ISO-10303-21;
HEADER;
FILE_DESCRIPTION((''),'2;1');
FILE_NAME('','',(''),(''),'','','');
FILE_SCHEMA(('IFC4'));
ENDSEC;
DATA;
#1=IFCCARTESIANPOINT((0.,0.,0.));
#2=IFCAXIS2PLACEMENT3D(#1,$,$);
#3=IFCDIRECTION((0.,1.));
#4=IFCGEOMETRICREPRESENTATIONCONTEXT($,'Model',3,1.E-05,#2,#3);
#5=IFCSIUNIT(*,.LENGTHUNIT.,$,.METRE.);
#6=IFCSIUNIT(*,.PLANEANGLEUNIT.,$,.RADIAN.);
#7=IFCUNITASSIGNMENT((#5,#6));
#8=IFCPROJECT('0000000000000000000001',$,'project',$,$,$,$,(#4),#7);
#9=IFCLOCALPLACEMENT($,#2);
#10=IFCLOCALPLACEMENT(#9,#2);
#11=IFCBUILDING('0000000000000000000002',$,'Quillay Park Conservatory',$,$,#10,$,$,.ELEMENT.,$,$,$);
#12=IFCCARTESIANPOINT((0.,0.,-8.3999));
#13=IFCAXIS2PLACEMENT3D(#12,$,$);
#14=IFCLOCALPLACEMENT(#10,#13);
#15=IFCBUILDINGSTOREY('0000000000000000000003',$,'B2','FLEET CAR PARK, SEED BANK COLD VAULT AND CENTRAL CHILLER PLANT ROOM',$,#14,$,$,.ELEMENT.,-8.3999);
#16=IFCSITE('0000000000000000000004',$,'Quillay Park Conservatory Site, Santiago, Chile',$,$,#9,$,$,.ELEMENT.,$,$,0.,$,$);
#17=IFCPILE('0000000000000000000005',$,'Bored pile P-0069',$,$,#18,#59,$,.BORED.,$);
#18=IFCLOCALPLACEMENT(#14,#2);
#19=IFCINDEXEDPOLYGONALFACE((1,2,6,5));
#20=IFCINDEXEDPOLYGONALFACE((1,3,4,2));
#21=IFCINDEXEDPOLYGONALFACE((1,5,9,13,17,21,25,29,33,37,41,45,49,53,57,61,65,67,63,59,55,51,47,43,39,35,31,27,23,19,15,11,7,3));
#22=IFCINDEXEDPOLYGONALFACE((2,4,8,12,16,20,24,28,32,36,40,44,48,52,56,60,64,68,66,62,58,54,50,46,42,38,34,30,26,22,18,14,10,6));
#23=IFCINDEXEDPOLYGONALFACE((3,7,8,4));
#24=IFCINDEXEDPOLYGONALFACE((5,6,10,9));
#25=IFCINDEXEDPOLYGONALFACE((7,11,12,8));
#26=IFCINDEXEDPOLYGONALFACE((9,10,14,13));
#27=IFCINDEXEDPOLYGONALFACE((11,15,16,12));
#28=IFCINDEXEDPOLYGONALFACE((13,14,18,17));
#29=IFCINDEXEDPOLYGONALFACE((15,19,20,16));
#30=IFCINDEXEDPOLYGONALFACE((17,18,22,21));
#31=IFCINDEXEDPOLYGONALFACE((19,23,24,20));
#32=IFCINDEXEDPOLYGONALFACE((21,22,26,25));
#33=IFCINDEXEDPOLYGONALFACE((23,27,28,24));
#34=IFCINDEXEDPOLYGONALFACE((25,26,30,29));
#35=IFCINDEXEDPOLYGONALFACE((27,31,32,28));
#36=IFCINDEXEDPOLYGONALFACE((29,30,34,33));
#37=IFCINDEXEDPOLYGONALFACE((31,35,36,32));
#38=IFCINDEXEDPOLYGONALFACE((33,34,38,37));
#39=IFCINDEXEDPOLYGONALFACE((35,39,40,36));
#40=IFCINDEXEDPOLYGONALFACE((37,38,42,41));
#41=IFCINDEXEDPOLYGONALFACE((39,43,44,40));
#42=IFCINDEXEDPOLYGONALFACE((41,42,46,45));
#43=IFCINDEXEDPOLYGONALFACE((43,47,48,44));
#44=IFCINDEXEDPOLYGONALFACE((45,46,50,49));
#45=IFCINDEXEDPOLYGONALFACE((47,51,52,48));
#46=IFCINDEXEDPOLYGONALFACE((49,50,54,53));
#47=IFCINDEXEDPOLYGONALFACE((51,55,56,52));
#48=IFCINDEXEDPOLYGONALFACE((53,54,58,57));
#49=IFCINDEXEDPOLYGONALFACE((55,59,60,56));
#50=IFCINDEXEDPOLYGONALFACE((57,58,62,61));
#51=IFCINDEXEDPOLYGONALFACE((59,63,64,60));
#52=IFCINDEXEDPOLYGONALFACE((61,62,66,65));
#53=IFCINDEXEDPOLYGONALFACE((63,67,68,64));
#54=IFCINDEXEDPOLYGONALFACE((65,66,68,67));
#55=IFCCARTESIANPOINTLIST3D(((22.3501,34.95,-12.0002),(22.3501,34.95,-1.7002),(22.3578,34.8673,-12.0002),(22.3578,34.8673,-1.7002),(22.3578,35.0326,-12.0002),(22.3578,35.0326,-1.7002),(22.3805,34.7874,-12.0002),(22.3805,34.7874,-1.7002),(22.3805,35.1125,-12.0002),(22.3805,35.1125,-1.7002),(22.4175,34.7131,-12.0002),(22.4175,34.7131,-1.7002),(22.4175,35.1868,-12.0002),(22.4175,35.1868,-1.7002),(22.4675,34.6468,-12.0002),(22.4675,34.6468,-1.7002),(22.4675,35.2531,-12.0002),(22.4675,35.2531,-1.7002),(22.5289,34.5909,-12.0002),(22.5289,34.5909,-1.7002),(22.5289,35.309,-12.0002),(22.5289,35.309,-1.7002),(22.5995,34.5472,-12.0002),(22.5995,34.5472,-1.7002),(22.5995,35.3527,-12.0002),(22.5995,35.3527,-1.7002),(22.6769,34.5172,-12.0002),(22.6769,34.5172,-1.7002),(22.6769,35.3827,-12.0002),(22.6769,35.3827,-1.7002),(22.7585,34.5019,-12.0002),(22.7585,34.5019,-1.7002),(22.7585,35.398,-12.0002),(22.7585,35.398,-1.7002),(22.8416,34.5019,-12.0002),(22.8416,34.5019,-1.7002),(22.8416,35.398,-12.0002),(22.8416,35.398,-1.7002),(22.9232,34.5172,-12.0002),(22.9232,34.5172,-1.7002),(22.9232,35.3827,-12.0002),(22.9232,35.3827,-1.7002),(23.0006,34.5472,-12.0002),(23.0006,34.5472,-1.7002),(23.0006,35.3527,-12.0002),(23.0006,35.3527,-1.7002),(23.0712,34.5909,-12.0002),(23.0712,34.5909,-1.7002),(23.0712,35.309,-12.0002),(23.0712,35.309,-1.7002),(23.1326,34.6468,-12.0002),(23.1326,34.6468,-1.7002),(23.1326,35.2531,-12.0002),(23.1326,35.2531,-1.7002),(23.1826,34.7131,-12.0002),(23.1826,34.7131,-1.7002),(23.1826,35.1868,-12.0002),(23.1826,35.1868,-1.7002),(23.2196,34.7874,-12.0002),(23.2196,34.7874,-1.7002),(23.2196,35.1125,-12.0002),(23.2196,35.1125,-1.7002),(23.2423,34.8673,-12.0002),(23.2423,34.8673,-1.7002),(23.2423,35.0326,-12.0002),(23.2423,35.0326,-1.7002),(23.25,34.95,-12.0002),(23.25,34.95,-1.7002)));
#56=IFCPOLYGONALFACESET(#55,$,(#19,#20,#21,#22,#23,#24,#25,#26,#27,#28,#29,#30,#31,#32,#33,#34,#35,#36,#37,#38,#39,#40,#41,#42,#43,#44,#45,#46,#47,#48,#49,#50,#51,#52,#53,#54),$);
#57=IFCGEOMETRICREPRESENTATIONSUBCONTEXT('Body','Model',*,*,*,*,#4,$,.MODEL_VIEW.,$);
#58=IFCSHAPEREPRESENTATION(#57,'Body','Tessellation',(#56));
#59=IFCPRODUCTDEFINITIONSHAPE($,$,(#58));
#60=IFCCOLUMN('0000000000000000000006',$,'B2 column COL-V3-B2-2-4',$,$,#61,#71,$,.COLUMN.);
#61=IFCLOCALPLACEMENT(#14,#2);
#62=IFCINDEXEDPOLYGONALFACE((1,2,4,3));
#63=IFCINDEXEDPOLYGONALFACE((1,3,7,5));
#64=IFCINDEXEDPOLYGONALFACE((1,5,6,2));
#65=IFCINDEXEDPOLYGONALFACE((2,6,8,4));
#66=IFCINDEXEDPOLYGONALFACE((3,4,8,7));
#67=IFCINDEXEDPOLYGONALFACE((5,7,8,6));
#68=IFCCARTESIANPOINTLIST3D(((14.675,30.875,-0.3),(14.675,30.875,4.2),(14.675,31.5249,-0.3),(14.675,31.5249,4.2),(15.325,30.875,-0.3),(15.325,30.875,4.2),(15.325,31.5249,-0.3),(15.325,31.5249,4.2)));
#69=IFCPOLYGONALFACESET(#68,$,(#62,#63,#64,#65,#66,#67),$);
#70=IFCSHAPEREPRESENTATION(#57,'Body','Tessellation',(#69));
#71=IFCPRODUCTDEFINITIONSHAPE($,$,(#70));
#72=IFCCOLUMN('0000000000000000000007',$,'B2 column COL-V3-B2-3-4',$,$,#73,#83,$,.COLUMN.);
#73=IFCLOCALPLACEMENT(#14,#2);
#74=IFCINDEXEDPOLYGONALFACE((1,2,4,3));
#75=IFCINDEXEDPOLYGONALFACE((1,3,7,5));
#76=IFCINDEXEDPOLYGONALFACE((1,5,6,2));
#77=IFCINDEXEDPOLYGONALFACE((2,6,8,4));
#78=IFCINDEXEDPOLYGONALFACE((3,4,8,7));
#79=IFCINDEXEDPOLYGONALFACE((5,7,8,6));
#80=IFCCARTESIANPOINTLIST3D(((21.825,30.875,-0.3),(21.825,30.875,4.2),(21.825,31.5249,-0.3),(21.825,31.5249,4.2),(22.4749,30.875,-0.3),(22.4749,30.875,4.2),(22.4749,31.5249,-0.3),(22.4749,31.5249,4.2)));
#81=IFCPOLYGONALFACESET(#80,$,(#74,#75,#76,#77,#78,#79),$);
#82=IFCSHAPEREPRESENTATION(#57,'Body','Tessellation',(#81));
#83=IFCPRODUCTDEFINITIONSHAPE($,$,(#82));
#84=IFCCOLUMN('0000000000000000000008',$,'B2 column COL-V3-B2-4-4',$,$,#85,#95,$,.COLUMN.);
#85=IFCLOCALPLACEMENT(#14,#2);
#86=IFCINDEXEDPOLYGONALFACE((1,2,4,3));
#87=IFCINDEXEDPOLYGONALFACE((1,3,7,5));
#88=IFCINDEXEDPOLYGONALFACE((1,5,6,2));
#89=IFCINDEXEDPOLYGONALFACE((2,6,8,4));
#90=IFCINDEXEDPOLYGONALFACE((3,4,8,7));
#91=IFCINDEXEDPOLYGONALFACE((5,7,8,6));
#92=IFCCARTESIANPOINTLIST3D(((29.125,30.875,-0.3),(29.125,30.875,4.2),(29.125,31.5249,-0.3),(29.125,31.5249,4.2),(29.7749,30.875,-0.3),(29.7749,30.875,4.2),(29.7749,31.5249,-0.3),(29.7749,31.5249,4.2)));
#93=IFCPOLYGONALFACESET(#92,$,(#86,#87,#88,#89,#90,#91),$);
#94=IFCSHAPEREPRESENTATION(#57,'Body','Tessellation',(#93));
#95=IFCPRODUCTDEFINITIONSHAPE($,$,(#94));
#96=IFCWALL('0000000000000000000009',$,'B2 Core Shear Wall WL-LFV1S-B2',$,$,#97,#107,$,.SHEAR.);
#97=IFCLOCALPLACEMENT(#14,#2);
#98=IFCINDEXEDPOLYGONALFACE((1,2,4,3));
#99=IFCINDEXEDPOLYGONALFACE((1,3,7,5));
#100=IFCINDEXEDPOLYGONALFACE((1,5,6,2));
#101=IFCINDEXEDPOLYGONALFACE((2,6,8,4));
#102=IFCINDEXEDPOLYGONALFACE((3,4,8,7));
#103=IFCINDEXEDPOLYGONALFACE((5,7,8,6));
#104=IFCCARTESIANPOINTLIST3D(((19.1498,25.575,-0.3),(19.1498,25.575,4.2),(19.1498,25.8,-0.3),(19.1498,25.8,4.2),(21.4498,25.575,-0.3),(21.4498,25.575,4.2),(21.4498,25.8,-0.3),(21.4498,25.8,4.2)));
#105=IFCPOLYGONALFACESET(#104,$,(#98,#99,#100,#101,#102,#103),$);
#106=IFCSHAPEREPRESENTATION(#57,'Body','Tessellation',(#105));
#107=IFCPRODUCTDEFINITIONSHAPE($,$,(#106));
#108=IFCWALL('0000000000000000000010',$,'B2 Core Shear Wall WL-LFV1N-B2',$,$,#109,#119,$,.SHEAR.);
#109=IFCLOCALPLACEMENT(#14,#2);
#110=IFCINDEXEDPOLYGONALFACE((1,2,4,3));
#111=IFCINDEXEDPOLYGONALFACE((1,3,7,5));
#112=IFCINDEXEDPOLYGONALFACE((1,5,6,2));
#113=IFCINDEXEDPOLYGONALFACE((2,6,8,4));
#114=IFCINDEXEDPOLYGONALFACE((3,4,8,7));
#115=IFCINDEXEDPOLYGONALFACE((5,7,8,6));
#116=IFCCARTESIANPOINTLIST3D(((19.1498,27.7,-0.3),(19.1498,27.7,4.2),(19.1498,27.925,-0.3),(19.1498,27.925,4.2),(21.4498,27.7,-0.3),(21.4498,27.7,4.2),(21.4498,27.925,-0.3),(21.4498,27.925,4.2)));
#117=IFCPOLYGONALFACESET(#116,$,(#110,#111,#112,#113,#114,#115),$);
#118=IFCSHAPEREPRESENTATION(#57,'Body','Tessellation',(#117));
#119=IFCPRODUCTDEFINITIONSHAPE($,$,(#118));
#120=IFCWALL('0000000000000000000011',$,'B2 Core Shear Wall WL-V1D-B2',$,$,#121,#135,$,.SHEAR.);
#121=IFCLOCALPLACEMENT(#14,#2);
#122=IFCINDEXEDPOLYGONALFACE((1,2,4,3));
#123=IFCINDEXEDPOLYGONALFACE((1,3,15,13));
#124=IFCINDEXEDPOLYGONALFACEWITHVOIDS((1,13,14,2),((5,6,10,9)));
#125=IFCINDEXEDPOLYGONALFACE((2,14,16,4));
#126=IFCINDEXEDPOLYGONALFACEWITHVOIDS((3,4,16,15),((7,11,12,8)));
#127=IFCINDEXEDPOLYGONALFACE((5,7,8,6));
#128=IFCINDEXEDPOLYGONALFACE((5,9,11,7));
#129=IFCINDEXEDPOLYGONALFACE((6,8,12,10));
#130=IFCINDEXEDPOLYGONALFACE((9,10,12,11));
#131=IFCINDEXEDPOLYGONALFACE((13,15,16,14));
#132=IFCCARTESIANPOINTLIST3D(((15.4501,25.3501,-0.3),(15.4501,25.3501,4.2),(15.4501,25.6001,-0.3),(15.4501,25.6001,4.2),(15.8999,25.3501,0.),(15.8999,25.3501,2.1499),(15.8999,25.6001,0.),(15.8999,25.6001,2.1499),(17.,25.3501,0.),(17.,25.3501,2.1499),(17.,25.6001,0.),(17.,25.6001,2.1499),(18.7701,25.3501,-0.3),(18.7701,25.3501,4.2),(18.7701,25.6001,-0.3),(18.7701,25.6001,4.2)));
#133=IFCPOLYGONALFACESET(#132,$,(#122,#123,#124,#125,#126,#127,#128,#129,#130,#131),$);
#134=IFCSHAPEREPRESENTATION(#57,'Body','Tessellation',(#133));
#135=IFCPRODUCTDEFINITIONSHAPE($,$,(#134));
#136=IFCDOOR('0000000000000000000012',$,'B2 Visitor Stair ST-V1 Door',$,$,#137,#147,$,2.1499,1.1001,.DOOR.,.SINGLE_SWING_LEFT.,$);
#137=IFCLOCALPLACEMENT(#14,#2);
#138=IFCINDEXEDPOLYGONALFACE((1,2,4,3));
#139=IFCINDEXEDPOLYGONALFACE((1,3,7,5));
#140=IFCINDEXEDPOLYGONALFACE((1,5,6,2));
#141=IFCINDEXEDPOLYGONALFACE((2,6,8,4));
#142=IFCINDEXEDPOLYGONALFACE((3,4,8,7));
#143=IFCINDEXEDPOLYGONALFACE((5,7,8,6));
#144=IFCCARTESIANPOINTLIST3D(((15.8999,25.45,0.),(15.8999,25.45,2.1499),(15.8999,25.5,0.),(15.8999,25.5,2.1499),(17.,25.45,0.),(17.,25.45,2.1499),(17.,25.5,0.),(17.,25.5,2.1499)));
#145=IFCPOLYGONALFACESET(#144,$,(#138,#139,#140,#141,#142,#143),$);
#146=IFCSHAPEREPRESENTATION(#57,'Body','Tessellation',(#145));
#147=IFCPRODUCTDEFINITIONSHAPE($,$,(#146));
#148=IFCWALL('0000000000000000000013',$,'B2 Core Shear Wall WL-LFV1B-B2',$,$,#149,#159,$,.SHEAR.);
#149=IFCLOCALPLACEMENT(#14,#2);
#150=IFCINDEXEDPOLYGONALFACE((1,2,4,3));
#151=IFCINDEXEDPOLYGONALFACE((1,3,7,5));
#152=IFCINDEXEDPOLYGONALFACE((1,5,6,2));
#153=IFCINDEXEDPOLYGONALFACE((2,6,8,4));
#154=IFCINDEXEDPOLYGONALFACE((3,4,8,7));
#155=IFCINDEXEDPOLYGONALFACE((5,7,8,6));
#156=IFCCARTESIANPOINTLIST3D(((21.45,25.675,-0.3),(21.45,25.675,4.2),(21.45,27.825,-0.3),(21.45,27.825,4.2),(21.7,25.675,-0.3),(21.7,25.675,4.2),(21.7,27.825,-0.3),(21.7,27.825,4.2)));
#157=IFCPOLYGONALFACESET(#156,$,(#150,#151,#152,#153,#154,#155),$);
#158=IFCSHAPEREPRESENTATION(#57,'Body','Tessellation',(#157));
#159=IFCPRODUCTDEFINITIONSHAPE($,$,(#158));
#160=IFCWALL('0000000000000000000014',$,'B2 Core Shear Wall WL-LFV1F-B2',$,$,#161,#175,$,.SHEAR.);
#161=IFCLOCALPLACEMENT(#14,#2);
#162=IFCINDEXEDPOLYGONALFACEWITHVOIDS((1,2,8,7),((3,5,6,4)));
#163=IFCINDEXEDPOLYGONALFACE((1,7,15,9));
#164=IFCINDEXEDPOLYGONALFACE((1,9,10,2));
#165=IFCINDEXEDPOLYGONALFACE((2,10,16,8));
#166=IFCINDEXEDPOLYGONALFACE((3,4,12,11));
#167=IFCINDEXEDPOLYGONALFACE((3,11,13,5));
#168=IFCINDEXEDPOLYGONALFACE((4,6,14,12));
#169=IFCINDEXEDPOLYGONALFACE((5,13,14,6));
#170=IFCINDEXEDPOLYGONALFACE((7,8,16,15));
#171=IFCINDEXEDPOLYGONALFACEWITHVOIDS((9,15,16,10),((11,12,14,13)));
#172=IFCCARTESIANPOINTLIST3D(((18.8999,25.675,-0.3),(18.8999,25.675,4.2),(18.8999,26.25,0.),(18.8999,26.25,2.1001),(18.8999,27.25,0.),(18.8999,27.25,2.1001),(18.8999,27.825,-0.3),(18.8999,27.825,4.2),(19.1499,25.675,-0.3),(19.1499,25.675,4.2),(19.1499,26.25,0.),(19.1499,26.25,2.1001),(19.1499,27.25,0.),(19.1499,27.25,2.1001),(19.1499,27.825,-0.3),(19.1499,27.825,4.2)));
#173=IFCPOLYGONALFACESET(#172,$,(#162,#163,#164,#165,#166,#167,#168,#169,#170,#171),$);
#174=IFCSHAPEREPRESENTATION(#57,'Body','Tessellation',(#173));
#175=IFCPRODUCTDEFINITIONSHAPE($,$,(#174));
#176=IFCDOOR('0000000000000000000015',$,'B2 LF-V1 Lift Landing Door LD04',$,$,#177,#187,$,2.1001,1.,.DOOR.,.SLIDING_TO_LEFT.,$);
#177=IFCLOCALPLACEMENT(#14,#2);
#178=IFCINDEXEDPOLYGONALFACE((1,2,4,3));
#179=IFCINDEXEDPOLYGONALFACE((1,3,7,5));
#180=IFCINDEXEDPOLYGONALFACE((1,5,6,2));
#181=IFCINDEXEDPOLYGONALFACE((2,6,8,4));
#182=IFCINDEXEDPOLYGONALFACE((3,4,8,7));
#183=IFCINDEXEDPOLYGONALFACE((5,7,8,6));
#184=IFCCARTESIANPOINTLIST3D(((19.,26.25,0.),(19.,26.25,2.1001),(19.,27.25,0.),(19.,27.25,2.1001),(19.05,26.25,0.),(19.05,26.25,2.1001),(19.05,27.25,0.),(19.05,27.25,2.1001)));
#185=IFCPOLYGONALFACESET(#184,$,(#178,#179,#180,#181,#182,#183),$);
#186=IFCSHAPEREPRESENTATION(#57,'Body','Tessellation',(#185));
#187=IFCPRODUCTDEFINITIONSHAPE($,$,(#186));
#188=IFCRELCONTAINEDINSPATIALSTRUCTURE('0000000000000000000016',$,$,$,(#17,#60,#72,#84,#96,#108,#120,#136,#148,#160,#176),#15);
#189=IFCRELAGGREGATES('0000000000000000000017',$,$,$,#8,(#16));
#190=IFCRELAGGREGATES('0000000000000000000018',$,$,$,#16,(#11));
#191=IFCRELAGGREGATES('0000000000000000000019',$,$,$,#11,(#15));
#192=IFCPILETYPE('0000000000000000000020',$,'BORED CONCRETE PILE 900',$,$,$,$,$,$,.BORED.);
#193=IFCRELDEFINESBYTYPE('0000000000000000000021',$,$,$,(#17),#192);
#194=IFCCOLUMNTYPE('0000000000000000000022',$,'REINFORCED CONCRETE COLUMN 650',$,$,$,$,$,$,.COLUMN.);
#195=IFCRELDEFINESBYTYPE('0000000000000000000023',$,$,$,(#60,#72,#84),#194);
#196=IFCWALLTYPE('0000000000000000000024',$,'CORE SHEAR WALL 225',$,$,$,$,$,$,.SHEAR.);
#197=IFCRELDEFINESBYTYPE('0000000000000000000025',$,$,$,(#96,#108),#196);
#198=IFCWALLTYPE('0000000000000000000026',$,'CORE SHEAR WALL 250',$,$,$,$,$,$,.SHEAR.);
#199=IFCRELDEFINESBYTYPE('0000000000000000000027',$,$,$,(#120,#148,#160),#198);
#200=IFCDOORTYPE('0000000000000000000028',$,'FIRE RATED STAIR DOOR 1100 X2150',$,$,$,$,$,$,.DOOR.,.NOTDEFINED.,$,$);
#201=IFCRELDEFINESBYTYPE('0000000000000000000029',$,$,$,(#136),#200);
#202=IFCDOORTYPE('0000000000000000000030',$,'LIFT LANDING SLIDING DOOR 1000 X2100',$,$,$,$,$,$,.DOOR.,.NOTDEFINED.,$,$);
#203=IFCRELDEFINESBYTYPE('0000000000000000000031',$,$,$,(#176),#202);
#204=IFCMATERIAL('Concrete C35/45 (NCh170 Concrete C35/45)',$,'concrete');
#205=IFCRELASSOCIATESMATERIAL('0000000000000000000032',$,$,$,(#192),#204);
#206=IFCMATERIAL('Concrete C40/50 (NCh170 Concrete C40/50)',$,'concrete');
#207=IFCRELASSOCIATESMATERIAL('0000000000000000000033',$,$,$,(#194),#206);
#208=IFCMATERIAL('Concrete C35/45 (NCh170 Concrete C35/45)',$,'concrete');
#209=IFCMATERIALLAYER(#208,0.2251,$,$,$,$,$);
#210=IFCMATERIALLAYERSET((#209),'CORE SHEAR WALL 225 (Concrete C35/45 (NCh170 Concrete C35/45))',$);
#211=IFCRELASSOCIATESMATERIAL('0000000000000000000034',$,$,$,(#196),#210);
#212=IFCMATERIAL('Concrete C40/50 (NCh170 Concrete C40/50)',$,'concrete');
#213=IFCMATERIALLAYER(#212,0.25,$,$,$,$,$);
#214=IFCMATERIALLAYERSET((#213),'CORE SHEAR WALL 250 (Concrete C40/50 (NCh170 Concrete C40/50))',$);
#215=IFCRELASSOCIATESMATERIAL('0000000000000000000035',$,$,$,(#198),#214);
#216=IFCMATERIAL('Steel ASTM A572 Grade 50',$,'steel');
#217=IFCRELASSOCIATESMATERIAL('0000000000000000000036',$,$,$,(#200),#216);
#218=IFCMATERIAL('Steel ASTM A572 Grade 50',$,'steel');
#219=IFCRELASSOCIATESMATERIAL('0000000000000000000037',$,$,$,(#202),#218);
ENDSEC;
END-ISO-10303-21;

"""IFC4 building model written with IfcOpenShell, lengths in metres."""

from ifc_helpers import new_model, si_unit, direction, frame, frame_2d, origin, origin_2d, place, context, subcontext, project, spatial, rectangle, circle, extrude, material, layer, layer_set, material_profile, profile_set, type_object, element, fill, save


model = new_model("IFC4")

# Units and contexts
model_context = context("Model", 3, precision=1e-05, world=origin(), true_north=direction((0.0, 1.0)))
body_context = subcontext(model_context, "Body", "Model", "MODEL_VIEW")
ifc_project = project(units=[si_unit("LENGTHUNIT", "METRE"), si_unit("PLANEANGLEUNIT", "RADIAN")], contexts=[model_context])

# Site, building, storey
site_placement = place(None, origin())
site = spatial("IfcSite", under=ifc_project, at=site_placement, Name="Quillay Park Conservatory Site, Santiago, Chile", CompositionType="ELEMENT", RefElevation=0.0)
building_placement = place(site_placement, origin())
building = spatial("IfcBuilding", under=site, at=building_placement, Name="Quillay Park Conservatory", CompositionType="ELEMENT")
storey_placement = place(building_placement, frame((0.0, 0.0, -8.3999)))
storey = spatial("IfcBuildingStorey", under=building, at=storey_placement, Name="B2", Description="FLEET CAR PARK, SEED BANK COLD VAULT AND CENTRAL CHILLER PLANT ROOM", CompositionType="ELEMENT", Elevation=-8.3999)

# Pile
ifc_material_1 = material(Name="Concrete C35/45 (NCh170 Concrete C35/45)", Category="concrete")
ifc_material_profile_1 = material_profile(ifc_material_1, circle(Radius=0.45, at=origin_2d()), Name="PILE900")
ifc_profile_set_1 = profile_set([ifc_material_profile_1], Name="Concrete C35/45 (NCh170 Concrete C35/45)")
pile_type = type_object("IfcPileType", Name="BORED CONCRETE PILE 900", PredefinedType="BORED", material=ifc_profile_set_1)
for number, where, z_axis, x_axis, name in (
    (1, (22.8, 34.95, -1.7002), (0.0, 0.0, -1.0), (1.0, 0.0, 0.0), "Bored pile P-0069"),
):
    element("IfcPile", number, at=place(storey_placement, frame(where, z_axis=z_axis, x_axis=x_axis)), inside=storey, type_object=pile_type, Name=name, PredefinedType="BORED", context=body_context, shape_type="SweptSolid", body=[
        extrude(circle(Radius=0.45, at=origin_2d()), origin(), (0.0, 0.0, 1.0), 10.3),
    ])

# Columns
ifc_material_2 = material(Name="Concrete C40/50 (NCh170 Concrete C40/50)", Category="concrete")
ifc_material_profile_2 = material_profile(ifc_material_2, rectangle(XDim=0.6499, YDim=0.6499, at=origin_2d()), Name="RC650x650")
ifc_profile_set_2 = profile_set([ifc_material_profile_2], Name="Concrete C40/50 (NCh170 Concrete C40/50)")
column_type = type_object("IfcColumnType", Name="REINFORCED CONCRETE COLUMN 650", PredefinedType="COLUMN", material=ifc_profile_set_2)
for number, where, z_axis, x_axis, name in (
    (2, (15.0, 31.2, -0.3), (0.0, 0.0, 1.0), (1.0, 0.0, 0.0), "B2 column COL-V3-B2-2-4"),
    (3, (22.1499, 31.2, -0.3), (0.0, 0.0, 1.0), (1.0, 0.0, 0.0), "B2 column COL-V3-B2-3-4"),
    (4, (29.45, 31.2, -0.3), (0.0, 0.0, 1.0), (1.0, 0.0, 0.0), "B2 column COL-V3-B2-4-4"),
):
    element("IfcColumn", number, at=place(storey_placement, frame(where, z_axis=z_axis, x_axis=x_axis)), inside=storey, type_object=column_type, Name=name, PredefinedType="COLUMN", context=body_context, shape_type="SweptSolid", body=[
        extrude(rectangle(XDim=0.6499, YDim=0.6499, at=origin_2d()), origin(), (0.0, 0.0, 1.0), 4.5),
    ])

# Walls
ifc_material_3 = material(Name="Concrete C35/45 (NCh170 Concrete C35/45)", Category="concrete")
ifc_layer_1 = layer(ifc_material_3, 0.2251)
ifc_layer_set_1 = layer_set([ifc_layer_1], Name="CORE SHEAR WALL 225 (Concrete C35/45 (NCh170 Concrete C35/45))")
wall_type_1 = type_object("IfcWallType", Name="CORE SHEAR WALL 225", PredefinedType="SHEAR", material=ifc_layer_set_1)
for number, where, z_axis, x_axis, name in (
    (5, (19.1499, 25.6875, -0.3), (0.0, 0.0, 1.0), (1.0, 0.0, 0.0), "B2 Core Shear Wall WL-LFV1S-B2"),
    (6, (19.1499, 27.8125, -0.3), (0.0, 0.0, 1.0), (1.0, 0.0, 0.0), "B2 Core Shear Wall WL-LFV1N-B2"),
):
    element("IfcWall", number, at=place(storey_placement, frame(where, z_axis=z_axis, x_axis=x_axis)), inside=storey, type_object=wall_type_1, Name=name, PredefinedType="SHEAR", context=body_context, shape_type="SweptSolid", body=[
        extrude(rectangle(XDim=2.3, YDim=0.2251, at=frame_2d((1.1499, 0.0))), origin(), (0.0, 0.0, 1.0), 4.5),
    ])

# Wall, opening, door
ifc_material_4 = material(Name="Concrete C40/50 (NCh170 Concrete C40/50)", Category="concrete")
ifc_layer_2 = layer(ifc_material_4, 0.25)
ifc_layer_set_2 = layer_set([ifc_layer_2], Name="CORE SHEAR WALL 250 (Concrete C40/50 (NCh170 Concrete C40/50))")
wall_type_2 = type_object("IfcWallType", Name="CORE SHEAR WALL 250", PredefinedType="SHEAR", material=ifc_layer_set_2)
wall_1_placement = place(storey_placement, frame((15.45, 25.4751, -0.3), z_axis=(0.0, 0.0, 1.0), x_axis=(1.0, 0.0, 0.0)))
wall_1 = element("IfcWall", 7, at=wall_1_placement, inside=storey, type_object=wall_type_2, Name="B2 Core Shear Wall WL-V1D-B2", PredefinedType="SHEAR", context=body_context, shape_type="SweptSolid", body=[
    extrude(rectangle(XDim=3.3201, YDim=0.25, at=frame_2d((1.6602, 0.0))), origin(), (0.0, 0.0, 1.0), 4.5),
])
opening_1_placement = place(wall_1_placement, frame((0.45, 0.0, 0.3)))
opening_1 = element("IfcOpeningElement", 8, at=opening_1_placement, cuts=wall_1, PredefinedType="OPENING", context=body_context, shape_type="SweptSolid", body=[
    extrude(rectangle(XDim=1.1001, YDim=2.1499, at=frame_2d((0.55, 1.075))), frame((0.0, 0.125, 0.0), z_axis=(0.0, -1.0, 0.0), x_axis=(1.0, 0.0, 0.0)), (0.0, 0.0, 1.0), 0.25),
])
ifc_material_5 = material(Name="Steel ASTM A572 Grade 50", Category="steel")
door_type_1 = type_object("IfcDoorType", Name="FIRE RATED STAIR DOOR 1100 X2150", OperationType="NOTDEFINED", PredefinedType="DOOR", material=ifc_material_5)
door_1_placement = place(opening_1_placement, origin())
door_1 = element("IfcDoor", 9, at=door_1_placement, inside=storey, type_object=door_type_1, Name="B2 Visitor Stair ST-V1 Door", OperationType="SINGLE_SWING_LEFT", OverallHeight=2.1499, OverallWidth=1.1001, PredefinedType="DOOR", context=body_context, shape_type="SweptSolid", body=[
    extrude(rectangle(XDim=1.1001, YDim=2.1499, at=frame_2d((0.55, 1.075))), frame((0.0, 0.0249, 0.0), z_axis=(0.0, -1.0, 0.0), x_axis=(1.0, 0.0, 0.0)), (0.0, 0.0, 1.0), 0.05),
])
fill(opening_1, door_1)

# Wall
wall_2_placement = place(storey_placement, frame((21.575, 25.675, -0.3), z_axis=(0.0, 0.0, 1.0), x_axis=(0.0, 1.0, 0.0)))
element("IfcWall", 10, at=wall_2_placement, inside=storey, type_object=wall_type_2, Name="B2 Core Shear Wall WL-LFV1B-B2", PredefinedType="SHEAR", context=body_context, shape_type="SweptSolid", body=[
    extrude(rectangle(XDim=2.1499, YDim=0.25, at=frame_2d((1.075, 0.0))), origin(), (0.0, 0.0, 1.0), 4.5),
])

# Wall, opening, door
wall_3_placement = place(storey_placement, frame((19.0249, 25.675, -0.3), z_axis=(0.0, 0.0, 1.0), x_axis=(0.0, 1.0, 0.0)))
wall_3 = element("IfcWall", 11, at=wall_3_placement, inside=storey, type_object=wall_type_2, Name="B2 Core Shear Wall WL-LFV1F-B2", PredefinedType="SHEAR", context=body_context, shape_type="SweptSolid", body=[
    extrude(rectangle(XDim=2.1499, YDim=0.25, at=frame_2d((1.075, 0.0))), origin(), (0.0, 0.0, 1.0), 4.5),
])
opening_2_placement = place(wall_3_placement, frame((0.575, 0.0, 0.3)))
opening_2 = element("IfcOpeningElement", 12, at=opening_2_placement, cuts=wall_3, PredefinedType="OPENING", context=body_context, shape_type="SweptSolid", body=[
    extrude(rectangle(XDim=1.0, YDim=2.1001, at=frame_2d((0.5, 1.05))), frame((0.0, 0.125, 0.0), z_axis=(0.0, -1.0, 0.0), x_axis=(1.0, 0.0, 0.0)), (0.0, 0.0, 1.0), 0.25),
])
ifc_material_6 = material(Name="Steel ASTM A572 Grade 50", Category="steel")
door_type_2 = type_object("IfcDoorType", Name="LIFT LANDING SLIDING DOOR 1000 X2100", OperationType="NOTDEFINED", PredefinedType="DOOR", material=ifc_material_6)
door_2_placement = place(opening_2_placement, origin())
door_2 = element("IfcDoor", 13, at=door_2_placement, inside=storey, type_object=door_type_2, Name="B2 LF-V1 Lift Landing Door LD04", OperationType="SLIDING_TO_LEFT", OverallHeight=2.1001, OverallWidth=1.0, PredefinedType="DOOR", context=body_context, shape_type="SweptSolid", body=[
    extrude(rectangle(XDim=1.0, YDim=2.1001, at=frame_2d((0.5, 1.05))), frame((0.0, 0.0249, 0.0), z_axis=(0.0, -1.0, 0.0), x_axis=(1.0, 0.0, 0.0)), (0.0, 0.0, 1.0), 0.05),
])
fill(opening_2, door_2)

save(model, "model.ifc")
